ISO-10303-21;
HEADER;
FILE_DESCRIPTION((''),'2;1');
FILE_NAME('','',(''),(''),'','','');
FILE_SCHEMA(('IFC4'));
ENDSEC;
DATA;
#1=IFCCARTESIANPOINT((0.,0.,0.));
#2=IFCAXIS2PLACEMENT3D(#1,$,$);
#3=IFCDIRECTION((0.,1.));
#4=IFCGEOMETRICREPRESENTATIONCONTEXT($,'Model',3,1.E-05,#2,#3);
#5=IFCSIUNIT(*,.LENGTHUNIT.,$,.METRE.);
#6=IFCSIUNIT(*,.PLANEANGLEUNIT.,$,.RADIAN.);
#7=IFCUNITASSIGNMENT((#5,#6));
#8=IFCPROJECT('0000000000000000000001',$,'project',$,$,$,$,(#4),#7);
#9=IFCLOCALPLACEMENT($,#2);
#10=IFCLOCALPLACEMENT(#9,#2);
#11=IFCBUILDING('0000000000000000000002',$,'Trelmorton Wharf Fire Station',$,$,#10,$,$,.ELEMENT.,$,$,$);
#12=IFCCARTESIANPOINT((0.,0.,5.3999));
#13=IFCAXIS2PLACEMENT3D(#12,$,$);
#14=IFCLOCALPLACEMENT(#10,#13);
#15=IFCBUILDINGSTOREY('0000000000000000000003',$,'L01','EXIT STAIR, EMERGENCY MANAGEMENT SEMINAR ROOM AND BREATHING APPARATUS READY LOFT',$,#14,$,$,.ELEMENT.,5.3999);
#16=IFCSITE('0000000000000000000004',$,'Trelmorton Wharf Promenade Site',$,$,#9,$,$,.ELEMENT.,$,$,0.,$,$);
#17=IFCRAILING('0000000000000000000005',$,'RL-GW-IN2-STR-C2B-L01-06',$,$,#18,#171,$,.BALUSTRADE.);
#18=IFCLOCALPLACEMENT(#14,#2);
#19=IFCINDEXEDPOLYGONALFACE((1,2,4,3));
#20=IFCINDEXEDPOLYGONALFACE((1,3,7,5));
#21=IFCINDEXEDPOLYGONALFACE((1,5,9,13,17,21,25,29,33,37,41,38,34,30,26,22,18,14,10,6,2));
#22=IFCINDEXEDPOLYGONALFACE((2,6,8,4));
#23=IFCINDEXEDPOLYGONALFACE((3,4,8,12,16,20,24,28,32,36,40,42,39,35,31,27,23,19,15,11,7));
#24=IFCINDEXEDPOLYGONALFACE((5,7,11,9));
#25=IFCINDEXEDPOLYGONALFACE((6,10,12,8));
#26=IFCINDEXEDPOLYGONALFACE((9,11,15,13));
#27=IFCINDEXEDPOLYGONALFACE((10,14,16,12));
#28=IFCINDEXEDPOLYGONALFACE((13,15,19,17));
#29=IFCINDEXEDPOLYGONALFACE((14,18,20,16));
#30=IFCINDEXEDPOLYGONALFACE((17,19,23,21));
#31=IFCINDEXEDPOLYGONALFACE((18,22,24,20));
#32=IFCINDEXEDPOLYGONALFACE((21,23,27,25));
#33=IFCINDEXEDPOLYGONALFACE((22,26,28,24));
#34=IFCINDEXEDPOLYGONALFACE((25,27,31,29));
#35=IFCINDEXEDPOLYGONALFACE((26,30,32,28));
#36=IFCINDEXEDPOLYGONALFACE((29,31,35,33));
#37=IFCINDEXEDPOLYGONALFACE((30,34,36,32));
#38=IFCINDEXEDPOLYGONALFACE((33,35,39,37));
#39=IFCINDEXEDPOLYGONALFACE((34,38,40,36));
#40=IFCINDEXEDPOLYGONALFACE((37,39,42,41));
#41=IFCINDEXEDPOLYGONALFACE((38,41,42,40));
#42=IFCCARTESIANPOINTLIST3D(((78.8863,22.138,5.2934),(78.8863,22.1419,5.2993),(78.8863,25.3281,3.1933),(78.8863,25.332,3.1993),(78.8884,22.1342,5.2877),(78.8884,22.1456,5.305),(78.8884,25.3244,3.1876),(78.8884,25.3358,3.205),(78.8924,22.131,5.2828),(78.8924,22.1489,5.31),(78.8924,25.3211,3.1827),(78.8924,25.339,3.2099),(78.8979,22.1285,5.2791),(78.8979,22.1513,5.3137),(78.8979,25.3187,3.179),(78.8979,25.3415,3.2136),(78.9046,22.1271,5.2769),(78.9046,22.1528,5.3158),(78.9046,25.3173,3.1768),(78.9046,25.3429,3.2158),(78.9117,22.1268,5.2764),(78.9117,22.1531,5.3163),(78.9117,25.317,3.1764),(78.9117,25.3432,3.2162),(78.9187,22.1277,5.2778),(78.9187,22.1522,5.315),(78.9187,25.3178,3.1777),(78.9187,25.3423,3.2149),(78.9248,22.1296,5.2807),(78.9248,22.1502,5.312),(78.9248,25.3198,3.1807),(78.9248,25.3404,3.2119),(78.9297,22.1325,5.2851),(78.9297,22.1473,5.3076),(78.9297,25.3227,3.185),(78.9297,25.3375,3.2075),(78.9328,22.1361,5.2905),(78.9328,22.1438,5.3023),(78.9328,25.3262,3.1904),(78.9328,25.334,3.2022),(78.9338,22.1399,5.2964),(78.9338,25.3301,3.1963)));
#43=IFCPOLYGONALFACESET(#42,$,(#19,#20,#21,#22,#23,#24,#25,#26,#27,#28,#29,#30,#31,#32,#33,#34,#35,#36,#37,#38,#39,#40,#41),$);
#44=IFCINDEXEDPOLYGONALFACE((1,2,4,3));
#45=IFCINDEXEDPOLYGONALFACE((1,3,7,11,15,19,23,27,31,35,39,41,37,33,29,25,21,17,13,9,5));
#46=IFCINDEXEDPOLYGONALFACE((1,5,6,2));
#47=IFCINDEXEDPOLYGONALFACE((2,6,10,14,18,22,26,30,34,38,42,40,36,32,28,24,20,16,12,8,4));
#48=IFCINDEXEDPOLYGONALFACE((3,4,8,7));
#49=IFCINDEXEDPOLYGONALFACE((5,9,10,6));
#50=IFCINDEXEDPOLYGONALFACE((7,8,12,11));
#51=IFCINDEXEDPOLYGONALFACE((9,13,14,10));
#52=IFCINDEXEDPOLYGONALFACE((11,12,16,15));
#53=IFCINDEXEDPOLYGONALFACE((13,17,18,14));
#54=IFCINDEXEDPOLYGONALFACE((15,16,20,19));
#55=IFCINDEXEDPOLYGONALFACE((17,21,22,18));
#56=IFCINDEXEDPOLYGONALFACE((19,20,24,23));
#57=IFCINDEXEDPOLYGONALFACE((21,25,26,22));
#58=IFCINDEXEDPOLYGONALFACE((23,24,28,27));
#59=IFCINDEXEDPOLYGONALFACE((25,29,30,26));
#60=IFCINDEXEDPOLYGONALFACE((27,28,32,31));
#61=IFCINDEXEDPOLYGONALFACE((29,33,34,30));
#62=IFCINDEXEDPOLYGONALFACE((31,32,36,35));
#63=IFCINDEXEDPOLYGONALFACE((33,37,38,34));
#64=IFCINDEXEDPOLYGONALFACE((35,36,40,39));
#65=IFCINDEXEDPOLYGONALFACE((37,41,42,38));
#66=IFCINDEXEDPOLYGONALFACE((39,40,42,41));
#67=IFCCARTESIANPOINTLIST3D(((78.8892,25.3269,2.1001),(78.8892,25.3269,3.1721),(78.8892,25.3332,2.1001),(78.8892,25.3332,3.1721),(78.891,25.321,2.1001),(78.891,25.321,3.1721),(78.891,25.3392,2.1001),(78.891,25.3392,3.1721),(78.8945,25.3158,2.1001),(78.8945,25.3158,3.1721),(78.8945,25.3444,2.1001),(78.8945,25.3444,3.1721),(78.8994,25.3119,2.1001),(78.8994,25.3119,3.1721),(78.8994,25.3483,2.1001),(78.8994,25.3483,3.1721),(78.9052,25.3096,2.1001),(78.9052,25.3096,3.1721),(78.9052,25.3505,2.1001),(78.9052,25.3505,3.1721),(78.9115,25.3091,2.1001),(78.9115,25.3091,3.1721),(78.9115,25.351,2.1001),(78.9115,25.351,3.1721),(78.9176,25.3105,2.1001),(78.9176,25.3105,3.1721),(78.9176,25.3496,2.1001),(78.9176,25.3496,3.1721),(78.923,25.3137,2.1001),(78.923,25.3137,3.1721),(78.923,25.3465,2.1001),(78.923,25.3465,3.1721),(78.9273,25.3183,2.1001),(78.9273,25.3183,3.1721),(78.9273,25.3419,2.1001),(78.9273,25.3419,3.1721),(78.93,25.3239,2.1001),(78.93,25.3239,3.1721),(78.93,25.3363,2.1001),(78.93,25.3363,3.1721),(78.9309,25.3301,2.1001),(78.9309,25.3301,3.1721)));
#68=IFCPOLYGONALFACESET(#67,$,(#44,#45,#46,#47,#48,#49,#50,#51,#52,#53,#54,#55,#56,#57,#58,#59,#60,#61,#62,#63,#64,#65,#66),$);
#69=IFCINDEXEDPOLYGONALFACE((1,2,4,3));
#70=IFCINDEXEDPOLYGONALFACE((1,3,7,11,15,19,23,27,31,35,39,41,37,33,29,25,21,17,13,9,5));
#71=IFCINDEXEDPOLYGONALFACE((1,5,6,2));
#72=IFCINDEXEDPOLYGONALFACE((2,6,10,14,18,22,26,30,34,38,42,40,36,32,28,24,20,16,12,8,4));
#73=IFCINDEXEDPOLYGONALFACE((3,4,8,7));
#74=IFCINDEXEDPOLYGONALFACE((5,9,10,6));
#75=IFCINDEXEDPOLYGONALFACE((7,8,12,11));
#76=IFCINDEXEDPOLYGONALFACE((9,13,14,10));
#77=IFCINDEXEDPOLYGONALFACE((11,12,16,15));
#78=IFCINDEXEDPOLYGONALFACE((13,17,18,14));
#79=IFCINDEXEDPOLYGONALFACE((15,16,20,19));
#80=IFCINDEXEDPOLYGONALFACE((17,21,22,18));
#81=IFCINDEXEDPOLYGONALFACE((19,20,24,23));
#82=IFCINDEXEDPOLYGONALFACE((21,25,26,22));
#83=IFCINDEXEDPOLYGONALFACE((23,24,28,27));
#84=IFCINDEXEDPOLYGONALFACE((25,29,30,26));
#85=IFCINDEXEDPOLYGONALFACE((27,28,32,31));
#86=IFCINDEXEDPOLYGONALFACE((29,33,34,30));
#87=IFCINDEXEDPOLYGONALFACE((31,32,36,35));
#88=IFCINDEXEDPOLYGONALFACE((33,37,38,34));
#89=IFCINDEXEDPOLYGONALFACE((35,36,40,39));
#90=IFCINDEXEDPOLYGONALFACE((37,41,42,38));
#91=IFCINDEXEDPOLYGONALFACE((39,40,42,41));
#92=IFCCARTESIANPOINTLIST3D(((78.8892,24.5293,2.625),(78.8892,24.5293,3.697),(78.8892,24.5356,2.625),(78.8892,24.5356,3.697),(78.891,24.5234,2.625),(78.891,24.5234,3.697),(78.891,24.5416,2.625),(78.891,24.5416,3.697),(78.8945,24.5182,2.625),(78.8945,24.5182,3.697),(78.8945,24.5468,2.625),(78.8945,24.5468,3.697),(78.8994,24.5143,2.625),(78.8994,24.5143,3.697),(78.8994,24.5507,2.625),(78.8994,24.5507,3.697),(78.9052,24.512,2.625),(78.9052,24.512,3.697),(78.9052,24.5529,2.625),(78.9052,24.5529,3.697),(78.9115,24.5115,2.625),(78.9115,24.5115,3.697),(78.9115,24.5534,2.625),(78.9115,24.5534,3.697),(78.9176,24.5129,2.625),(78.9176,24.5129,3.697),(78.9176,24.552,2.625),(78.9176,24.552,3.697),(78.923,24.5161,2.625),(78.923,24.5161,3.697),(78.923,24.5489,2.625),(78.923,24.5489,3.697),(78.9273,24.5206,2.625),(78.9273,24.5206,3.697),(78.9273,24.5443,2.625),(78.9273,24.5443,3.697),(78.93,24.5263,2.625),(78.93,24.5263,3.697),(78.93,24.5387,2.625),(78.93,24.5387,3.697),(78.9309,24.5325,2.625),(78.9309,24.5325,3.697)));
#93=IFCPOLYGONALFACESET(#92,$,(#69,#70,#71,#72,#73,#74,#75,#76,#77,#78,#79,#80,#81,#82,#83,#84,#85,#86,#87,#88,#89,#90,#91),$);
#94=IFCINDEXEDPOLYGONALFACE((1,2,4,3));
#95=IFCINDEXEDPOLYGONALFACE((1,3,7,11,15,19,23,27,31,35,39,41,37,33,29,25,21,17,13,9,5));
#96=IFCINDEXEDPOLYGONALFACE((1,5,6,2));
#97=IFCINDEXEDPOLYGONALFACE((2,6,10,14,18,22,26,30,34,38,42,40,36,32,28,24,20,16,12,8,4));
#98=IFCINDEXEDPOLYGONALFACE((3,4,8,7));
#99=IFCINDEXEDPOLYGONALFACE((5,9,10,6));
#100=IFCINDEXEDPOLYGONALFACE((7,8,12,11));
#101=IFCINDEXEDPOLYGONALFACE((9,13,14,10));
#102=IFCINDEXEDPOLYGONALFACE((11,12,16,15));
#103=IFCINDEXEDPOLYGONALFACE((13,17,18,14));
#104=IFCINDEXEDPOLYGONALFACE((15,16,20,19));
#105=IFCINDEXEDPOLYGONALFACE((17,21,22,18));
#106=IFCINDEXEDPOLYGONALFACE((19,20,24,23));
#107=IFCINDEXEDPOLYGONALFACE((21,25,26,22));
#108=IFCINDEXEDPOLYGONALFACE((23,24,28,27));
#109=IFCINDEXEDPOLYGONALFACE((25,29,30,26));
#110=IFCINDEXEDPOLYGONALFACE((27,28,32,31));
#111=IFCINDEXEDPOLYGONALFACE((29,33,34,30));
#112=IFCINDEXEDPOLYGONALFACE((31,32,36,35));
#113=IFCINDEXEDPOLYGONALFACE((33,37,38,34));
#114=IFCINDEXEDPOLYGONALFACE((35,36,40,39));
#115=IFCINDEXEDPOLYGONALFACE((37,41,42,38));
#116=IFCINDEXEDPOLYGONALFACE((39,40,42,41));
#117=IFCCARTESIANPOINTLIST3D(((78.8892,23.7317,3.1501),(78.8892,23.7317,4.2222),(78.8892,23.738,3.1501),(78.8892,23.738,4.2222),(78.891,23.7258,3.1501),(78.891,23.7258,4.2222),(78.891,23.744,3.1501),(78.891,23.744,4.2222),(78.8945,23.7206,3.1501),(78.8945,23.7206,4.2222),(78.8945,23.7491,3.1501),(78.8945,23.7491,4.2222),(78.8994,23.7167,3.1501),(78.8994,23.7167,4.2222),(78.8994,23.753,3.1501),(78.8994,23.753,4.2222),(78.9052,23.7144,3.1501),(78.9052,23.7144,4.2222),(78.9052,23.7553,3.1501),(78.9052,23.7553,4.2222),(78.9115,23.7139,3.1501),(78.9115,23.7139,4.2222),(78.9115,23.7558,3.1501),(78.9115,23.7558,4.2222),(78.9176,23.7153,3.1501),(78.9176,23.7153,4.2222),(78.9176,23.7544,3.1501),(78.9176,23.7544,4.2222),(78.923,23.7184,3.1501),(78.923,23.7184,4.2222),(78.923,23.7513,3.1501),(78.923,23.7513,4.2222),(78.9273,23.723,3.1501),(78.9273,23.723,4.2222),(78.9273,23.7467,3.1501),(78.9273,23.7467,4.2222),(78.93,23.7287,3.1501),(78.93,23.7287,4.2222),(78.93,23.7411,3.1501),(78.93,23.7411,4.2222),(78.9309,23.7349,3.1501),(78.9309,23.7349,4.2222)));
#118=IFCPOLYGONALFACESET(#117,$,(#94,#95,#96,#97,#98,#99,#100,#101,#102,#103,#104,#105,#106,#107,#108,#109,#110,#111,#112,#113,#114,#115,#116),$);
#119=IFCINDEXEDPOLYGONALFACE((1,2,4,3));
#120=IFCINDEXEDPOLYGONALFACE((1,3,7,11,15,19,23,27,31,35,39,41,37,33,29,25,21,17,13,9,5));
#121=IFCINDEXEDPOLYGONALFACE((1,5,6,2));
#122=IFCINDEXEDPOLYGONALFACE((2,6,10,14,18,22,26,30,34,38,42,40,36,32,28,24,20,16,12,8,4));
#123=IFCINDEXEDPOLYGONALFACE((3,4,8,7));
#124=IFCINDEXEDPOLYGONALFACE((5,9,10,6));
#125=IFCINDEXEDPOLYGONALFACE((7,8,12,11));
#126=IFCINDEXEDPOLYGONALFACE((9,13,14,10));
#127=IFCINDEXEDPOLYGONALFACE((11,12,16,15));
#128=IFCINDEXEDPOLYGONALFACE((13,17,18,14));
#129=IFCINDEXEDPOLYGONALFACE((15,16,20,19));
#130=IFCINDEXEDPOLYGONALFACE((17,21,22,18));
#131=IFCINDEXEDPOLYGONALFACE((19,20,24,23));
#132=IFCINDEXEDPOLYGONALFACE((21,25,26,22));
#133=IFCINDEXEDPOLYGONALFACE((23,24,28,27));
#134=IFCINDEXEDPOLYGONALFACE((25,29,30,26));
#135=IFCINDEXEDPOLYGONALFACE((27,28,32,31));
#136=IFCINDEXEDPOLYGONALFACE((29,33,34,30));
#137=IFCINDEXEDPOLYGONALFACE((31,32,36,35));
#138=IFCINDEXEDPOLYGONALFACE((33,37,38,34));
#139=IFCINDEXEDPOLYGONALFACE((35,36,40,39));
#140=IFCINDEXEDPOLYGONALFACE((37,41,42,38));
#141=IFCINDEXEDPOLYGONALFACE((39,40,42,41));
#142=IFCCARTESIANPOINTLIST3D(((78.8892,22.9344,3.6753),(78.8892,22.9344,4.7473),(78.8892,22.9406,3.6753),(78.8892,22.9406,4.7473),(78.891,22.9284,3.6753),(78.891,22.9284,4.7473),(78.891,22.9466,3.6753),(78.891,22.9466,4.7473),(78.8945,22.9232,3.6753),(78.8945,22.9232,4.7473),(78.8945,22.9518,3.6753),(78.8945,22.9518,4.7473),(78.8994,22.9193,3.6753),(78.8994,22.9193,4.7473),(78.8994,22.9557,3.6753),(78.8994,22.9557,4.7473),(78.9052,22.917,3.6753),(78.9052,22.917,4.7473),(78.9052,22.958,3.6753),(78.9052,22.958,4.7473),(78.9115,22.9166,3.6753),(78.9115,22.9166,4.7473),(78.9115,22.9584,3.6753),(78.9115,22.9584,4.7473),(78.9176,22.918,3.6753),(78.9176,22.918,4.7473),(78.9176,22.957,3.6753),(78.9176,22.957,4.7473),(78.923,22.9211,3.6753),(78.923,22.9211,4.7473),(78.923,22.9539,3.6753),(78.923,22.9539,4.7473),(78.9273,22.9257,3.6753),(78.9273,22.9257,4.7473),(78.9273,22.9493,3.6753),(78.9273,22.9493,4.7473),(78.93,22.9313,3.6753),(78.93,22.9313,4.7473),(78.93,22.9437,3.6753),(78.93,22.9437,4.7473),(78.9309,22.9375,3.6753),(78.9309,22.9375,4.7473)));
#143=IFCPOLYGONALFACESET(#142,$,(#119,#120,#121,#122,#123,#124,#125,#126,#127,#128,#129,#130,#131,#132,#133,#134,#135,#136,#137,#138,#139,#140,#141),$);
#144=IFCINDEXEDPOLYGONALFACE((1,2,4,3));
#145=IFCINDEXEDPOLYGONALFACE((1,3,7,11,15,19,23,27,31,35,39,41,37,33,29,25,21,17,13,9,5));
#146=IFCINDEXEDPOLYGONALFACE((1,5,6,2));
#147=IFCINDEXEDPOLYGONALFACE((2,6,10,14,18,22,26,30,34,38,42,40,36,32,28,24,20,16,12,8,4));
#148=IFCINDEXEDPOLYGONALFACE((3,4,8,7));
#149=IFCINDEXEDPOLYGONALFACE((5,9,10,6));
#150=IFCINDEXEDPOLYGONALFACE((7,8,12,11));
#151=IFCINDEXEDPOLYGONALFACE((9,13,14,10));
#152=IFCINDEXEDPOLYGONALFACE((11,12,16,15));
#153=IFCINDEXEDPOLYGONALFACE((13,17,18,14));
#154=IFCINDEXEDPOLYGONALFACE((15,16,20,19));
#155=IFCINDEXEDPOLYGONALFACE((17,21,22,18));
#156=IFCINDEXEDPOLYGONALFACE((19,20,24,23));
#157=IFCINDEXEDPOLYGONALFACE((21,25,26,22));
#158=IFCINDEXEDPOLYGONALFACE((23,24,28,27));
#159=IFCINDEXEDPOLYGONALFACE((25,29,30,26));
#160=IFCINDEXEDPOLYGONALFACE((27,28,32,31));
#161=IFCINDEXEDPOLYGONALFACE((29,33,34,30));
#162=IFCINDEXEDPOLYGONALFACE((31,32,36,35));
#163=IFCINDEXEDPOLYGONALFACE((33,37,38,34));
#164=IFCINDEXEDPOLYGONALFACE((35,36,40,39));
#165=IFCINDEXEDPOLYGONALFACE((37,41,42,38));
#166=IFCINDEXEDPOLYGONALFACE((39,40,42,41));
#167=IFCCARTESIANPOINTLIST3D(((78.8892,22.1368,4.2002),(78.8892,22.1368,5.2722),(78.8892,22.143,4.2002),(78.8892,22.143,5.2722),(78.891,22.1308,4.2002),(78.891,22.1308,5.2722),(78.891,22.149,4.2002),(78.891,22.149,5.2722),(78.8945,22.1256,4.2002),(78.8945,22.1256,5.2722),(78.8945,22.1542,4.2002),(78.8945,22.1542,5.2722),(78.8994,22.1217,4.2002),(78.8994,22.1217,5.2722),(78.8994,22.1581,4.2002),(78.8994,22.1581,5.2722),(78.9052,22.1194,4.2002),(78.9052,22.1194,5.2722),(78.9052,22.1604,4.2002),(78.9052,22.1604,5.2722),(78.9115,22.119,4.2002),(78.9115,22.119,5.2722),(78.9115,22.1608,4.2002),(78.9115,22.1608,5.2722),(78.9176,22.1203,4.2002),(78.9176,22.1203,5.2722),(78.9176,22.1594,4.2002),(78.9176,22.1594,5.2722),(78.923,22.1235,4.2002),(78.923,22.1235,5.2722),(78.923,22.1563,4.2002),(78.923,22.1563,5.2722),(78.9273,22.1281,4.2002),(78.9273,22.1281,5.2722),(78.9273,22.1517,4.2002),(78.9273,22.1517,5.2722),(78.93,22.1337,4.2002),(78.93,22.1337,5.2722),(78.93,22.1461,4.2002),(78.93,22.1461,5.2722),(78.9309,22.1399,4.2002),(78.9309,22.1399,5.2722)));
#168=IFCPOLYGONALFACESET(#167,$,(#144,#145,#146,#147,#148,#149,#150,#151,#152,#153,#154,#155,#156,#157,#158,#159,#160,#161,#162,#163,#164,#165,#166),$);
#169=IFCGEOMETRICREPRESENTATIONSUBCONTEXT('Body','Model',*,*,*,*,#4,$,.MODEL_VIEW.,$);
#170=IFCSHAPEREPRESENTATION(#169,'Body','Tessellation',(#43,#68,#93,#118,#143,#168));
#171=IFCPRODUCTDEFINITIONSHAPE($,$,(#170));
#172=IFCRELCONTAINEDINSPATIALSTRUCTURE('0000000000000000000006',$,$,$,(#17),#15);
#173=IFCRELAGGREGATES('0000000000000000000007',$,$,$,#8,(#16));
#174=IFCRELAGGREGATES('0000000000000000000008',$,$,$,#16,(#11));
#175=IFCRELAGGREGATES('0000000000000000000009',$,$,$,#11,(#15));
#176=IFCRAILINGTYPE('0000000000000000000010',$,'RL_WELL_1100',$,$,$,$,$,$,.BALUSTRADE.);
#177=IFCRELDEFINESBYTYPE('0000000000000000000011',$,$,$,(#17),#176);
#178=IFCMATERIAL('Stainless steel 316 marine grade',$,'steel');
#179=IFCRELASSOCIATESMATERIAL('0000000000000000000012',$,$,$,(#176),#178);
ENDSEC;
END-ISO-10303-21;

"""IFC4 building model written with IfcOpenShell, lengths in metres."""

from ifc_helpers import new_model, si_unit, direction, frame, origin, origin_2d, place, context, subcontext, project, spatial, circle, extrude, material, type_object, element, save


model = new_model("IFC4")

# Units and contexts
model_context = context("Model", 3, precision=1e-05, world=origin(), true_north=direction((0.0, 1.0)))
body_context = subcontext(model_context, "Body", "Model", "MODEL_VIEW")
ifc_project = project(units=[si_unit("LENGTHUNIT", "METRE"), si_unit("PLANEANGLEUNIT", "RADIAN")], contexts=[model_context])

# Site, building, storey
site_placement = place(None, origin())
site = spatial("IfcSite", under=ifc_project, at=site_placement, Name="Trelmorton Wharf Promenade Site", CompositionType="ELEMENT", RefElevation=0.0)
building_placement = place(site_placement, origin())
building = spatial("IfcBuilding", under=site, at=building_placement, Name="Trelmorton Wharf Fire Station", CompositionType="ELEMENT")
storey_placement = place(building_placement, frame((0.0, 0.0, 5.3999)))
storey = spatial("IfcBuildingStorey", under=building, at=storey_placement, Name="L01", Description="EXIT STAIR, EMERGENCY MANAGEMENT SEMINAR ROOM AND BREATHING APPARATUS READY LOFT", CompositionType="ELEMENT", Elevation=5.3999)

# Railing
ifc_material_1 = material(Name="Stainless steel 316 marine grade", Category="steel")
railing_type_1 = type_object("IfcRailingType", Name="RL_WELL_1100", PredefinedType="BALUSTRADE", material=ifc_material_1)
railing_1_placement = place(storey_placement, frame((78.9099, 25.3301, 2.1001)))
element("IfcRailing", 1, at=railing_1_placement, inside=storey, type_object=railing_type_1, Name="RL-GW-IN2-STR-C2B-L01-06", PredefinedType="BALUSTRADE", context=body_context, shape_type="SweptSolid", body=[
    extrude(circle(Radius=0.0239, at=origin_2d()), frame((0.0, 0.0, 1.0962), z_axis=(0.0, -0.835262, 0.549852), x_axis=(1.0, 0.0, 0.0)), (0.0, 0.0, 1.0), 3.8193),
    extrude(circle(Radius=0.021, at=origin_2d()), origin(), (0.0, 0.0, 1.0), 1.072),
    extrude(circle(Radius=0.021, at=origin_2d()), frame((0.0, -0.7976, 0.5249)), (0.0, 0.0, 1.0), 1.072),
    extrude(circle(Radius=0.021, at=origin_2d()), frame((0.0, -1.5952, 1.05)), (0.0, 0.0, 1.0), 1.072),
    extrude(circle(Radius=0.021, at=origin_2d()), frame((0.0, -2.3926, 1.5752)), (0.0, 0.0, 1.0), 1.072),
    extrude(circle(Radius=0.021, at=origin_2d()), frame((0.0, -3.1902, 2.1001)), (0.0, 0.0, 1.0), 1.072),
])

save(model, "model.ifc")
